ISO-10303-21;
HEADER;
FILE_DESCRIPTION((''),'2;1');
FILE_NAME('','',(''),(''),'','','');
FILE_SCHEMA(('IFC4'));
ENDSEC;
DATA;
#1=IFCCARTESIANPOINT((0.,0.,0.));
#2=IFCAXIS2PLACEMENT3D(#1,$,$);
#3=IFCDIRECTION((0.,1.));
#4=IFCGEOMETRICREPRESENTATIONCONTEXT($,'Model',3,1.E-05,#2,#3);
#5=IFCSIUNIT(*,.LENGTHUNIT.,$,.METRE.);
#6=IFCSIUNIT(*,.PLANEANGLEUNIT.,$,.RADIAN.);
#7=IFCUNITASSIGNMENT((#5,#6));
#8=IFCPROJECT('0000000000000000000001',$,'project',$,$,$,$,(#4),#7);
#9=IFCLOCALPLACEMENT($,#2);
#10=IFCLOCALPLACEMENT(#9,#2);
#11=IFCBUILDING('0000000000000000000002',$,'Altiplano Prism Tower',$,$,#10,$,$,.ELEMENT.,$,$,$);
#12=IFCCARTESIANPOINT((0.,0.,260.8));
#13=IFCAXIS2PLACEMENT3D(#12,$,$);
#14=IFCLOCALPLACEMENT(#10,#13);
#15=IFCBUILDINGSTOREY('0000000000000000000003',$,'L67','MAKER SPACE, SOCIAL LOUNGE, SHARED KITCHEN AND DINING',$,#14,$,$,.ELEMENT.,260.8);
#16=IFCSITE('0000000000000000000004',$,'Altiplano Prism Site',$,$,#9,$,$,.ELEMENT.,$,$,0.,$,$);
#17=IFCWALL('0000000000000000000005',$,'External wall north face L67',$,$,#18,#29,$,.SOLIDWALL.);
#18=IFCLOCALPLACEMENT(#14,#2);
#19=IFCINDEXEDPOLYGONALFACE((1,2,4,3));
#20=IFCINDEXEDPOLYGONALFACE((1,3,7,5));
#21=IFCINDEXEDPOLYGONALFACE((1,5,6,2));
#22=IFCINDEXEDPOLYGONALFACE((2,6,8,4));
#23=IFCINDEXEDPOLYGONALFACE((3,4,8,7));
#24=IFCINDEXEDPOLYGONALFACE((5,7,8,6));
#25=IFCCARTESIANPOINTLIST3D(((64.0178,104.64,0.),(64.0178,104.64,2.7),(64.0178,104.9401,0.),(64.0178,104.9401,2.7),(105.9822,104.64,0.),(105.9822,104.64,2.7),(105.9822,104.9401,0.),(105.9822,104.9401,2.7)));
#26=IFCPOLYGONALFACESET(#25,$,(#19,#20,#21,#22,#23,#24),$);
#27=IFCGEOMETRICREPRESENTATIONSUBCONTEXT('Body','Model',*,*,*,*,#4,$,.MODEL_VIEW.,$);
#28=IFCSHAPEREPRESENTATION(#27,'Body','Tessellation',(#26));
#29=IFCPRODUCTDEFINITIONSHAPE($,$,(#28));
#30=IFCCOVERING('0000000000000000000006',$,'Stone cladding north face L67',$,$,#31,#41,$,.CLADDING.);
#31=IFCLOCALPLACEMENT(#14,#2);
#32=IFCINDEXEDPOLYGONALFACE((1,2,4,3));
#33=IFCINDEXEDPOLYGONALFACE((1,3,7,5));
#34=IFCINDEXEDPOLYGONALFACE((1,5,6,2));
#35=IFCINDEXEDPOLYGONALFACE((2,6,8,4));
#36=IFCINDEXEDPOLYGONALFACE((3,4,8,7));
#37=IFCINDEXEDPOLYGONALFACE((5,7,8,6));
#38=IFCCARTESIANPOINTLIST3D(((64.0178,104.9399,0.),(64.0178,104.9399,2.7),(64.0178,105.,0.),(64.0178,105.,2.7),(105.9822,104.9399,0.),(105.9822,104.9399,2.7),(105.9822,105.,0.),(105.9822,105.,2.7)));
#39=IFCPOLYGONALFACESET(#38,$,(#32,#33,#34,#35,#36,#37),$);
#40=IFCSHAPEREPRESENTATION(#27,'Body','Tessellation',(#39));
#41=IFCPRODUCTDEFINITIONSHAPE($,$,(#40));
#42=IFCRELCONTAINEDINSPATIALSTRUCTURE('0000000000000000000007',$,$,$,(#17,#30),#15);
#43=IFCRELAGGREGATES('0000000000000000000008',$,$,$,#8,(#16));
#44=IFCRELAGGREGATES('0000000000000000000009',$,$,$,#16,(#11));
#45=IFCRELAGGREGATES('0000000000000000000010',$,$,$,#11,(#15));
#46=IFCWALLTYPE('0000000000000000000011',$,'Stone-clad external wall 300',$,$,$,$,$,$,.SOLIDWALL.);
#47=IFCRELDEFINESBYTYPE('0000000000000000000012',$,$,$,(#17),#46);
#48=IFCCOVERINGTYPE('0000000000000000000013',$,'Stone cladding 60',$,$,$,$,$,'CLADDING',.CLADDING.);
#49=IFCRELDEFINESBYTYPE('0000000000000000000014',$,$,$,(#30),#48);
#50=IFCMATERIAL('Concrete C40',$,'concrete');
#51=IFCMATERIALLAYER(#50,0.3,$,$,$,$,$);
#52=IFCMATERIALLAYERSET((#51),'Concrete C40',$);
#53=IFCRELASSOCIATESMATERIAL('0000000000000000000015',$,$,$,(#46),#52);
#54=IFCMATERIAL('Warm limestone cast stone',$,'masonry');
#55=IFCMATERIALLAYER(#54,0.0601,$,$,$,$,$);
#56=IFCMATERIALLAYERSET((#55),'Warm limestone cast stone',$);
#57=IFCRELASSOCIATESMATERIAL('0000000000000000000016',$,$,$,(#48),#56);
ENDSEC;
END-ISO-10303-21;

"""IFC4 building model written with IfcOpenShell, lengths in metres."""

from ifc_helpers import new_model, si_unit, direction, frame, frame_2d, origin, place, context, subcontext, project, spatial, rectangle, extrude, material, layer, layer_set, type_object, element, save


model = new_model("IFC4")

# Units and contexts
model_context = context("Model", 3, precision=1e-05, world=origin(), true_north=direction((0.0, 1.0)))
body_context = subcontext(model_context, "Body", "Model", "MODEL_VIEW")
ifc_project = project(units=[si_unit("LENGTHUNIT", "METRE"), si_unit("PLANEANGLEUNIT", "RADIAN")], contexts=[model_context])

# Site, building, storey
site_placement = place(None, origin())
site = spatial("IfcSite", under=ifc_project, at=site_placement, Name="Altiplano Prism Site", CompositionType="ELEMENT", RefElevation=0.0)
building_placement = place(site_placement, origin())
building = spatial("IfcBuilding", under=site, at=building_placement, Name="Altiplano Prism Tower", CompositionType="ELEMENT")
storey_placement = place(building_placement, frame((0.0, 0.0, 260.8)))
storey = spatial("IfcBuildingStorey", under=building, at=storey_placement, Name="L67", Description="MAKER SPACE, SOCIAL LOUNGE, SHARED KITCHEN AND DINING", CompositionType="ELEMENT", Elevation=260.8)

# Wall
ifc_material_1 = material(Name="Concrete C40", Category="concrete")
ifc_layer_1 = layer(ifc_material_1, 0.3)
ifc_layer_set_1 = layer_set([ifc_layer_1], Name="Concrete C40")
wall_type_1 = type_object("IfcWallType", Name="Stone-clad external wall 300", PredefinedType="SOLIDWALL", material=ifc_layer_set_1)
wall_1_placement = place(storey_placement, frame((64.0178, 104.79, 0.0), z_axis=(0.0, 0.0, 1.0), x_axis=(1.0, 0.0, 0.0)))
element("IfcWall", 1, at=wall_1_placement, inside=storey, type_object=wall_type_1, Name="External wall north face L67", PredefinedType="SOLIDWALL", context=body_context, shape_type="SweptSolid", body=[
    extrude(rectangle(XDim=41.9644, YDim=0.3, at=frame_2d((20.9822, 0.0))), origin(), (0.0, 0.0, 1.0), 2.7),
])

# Covering
ifc_material_2 = material(Name="Warm limestone cast stone", Category="masonry")
ifc_layer_2 = layer(ifc_material_2, 0.0601)
ifc_layer_set_2 = layer_set([ifc_layer_2], Name="Warm limestone cast stone")
covering_type = type_object("IfcCoveringType", Name="Stone cladding 60", ElementType="CLADDING", PredefinedType="CLADDING", material=ifc_layer_set_2)
covering_placement = place(storey_placement, frame((64.0178, 104.97, 0.0), z_axis=(0.0, 0.0, 1.0), x_axis=(1.0, 0.0, 0.0)))
element("IfcCovering", 2, at=covering_placement, inside=storey, type_object=covering_type, Name="Stone cladding north face L67", PredefinedType="CLADDING", context=body_context, shape_type="SweptSolid", body=[
    extrude(rectangle(XDim=41.9644, YDim=0.0601, at=frame_2d((20.9822, 0.0))), origin(), (0.0, 0.0, 1.0), 2.7),
])

save(model, "model.ifc")
